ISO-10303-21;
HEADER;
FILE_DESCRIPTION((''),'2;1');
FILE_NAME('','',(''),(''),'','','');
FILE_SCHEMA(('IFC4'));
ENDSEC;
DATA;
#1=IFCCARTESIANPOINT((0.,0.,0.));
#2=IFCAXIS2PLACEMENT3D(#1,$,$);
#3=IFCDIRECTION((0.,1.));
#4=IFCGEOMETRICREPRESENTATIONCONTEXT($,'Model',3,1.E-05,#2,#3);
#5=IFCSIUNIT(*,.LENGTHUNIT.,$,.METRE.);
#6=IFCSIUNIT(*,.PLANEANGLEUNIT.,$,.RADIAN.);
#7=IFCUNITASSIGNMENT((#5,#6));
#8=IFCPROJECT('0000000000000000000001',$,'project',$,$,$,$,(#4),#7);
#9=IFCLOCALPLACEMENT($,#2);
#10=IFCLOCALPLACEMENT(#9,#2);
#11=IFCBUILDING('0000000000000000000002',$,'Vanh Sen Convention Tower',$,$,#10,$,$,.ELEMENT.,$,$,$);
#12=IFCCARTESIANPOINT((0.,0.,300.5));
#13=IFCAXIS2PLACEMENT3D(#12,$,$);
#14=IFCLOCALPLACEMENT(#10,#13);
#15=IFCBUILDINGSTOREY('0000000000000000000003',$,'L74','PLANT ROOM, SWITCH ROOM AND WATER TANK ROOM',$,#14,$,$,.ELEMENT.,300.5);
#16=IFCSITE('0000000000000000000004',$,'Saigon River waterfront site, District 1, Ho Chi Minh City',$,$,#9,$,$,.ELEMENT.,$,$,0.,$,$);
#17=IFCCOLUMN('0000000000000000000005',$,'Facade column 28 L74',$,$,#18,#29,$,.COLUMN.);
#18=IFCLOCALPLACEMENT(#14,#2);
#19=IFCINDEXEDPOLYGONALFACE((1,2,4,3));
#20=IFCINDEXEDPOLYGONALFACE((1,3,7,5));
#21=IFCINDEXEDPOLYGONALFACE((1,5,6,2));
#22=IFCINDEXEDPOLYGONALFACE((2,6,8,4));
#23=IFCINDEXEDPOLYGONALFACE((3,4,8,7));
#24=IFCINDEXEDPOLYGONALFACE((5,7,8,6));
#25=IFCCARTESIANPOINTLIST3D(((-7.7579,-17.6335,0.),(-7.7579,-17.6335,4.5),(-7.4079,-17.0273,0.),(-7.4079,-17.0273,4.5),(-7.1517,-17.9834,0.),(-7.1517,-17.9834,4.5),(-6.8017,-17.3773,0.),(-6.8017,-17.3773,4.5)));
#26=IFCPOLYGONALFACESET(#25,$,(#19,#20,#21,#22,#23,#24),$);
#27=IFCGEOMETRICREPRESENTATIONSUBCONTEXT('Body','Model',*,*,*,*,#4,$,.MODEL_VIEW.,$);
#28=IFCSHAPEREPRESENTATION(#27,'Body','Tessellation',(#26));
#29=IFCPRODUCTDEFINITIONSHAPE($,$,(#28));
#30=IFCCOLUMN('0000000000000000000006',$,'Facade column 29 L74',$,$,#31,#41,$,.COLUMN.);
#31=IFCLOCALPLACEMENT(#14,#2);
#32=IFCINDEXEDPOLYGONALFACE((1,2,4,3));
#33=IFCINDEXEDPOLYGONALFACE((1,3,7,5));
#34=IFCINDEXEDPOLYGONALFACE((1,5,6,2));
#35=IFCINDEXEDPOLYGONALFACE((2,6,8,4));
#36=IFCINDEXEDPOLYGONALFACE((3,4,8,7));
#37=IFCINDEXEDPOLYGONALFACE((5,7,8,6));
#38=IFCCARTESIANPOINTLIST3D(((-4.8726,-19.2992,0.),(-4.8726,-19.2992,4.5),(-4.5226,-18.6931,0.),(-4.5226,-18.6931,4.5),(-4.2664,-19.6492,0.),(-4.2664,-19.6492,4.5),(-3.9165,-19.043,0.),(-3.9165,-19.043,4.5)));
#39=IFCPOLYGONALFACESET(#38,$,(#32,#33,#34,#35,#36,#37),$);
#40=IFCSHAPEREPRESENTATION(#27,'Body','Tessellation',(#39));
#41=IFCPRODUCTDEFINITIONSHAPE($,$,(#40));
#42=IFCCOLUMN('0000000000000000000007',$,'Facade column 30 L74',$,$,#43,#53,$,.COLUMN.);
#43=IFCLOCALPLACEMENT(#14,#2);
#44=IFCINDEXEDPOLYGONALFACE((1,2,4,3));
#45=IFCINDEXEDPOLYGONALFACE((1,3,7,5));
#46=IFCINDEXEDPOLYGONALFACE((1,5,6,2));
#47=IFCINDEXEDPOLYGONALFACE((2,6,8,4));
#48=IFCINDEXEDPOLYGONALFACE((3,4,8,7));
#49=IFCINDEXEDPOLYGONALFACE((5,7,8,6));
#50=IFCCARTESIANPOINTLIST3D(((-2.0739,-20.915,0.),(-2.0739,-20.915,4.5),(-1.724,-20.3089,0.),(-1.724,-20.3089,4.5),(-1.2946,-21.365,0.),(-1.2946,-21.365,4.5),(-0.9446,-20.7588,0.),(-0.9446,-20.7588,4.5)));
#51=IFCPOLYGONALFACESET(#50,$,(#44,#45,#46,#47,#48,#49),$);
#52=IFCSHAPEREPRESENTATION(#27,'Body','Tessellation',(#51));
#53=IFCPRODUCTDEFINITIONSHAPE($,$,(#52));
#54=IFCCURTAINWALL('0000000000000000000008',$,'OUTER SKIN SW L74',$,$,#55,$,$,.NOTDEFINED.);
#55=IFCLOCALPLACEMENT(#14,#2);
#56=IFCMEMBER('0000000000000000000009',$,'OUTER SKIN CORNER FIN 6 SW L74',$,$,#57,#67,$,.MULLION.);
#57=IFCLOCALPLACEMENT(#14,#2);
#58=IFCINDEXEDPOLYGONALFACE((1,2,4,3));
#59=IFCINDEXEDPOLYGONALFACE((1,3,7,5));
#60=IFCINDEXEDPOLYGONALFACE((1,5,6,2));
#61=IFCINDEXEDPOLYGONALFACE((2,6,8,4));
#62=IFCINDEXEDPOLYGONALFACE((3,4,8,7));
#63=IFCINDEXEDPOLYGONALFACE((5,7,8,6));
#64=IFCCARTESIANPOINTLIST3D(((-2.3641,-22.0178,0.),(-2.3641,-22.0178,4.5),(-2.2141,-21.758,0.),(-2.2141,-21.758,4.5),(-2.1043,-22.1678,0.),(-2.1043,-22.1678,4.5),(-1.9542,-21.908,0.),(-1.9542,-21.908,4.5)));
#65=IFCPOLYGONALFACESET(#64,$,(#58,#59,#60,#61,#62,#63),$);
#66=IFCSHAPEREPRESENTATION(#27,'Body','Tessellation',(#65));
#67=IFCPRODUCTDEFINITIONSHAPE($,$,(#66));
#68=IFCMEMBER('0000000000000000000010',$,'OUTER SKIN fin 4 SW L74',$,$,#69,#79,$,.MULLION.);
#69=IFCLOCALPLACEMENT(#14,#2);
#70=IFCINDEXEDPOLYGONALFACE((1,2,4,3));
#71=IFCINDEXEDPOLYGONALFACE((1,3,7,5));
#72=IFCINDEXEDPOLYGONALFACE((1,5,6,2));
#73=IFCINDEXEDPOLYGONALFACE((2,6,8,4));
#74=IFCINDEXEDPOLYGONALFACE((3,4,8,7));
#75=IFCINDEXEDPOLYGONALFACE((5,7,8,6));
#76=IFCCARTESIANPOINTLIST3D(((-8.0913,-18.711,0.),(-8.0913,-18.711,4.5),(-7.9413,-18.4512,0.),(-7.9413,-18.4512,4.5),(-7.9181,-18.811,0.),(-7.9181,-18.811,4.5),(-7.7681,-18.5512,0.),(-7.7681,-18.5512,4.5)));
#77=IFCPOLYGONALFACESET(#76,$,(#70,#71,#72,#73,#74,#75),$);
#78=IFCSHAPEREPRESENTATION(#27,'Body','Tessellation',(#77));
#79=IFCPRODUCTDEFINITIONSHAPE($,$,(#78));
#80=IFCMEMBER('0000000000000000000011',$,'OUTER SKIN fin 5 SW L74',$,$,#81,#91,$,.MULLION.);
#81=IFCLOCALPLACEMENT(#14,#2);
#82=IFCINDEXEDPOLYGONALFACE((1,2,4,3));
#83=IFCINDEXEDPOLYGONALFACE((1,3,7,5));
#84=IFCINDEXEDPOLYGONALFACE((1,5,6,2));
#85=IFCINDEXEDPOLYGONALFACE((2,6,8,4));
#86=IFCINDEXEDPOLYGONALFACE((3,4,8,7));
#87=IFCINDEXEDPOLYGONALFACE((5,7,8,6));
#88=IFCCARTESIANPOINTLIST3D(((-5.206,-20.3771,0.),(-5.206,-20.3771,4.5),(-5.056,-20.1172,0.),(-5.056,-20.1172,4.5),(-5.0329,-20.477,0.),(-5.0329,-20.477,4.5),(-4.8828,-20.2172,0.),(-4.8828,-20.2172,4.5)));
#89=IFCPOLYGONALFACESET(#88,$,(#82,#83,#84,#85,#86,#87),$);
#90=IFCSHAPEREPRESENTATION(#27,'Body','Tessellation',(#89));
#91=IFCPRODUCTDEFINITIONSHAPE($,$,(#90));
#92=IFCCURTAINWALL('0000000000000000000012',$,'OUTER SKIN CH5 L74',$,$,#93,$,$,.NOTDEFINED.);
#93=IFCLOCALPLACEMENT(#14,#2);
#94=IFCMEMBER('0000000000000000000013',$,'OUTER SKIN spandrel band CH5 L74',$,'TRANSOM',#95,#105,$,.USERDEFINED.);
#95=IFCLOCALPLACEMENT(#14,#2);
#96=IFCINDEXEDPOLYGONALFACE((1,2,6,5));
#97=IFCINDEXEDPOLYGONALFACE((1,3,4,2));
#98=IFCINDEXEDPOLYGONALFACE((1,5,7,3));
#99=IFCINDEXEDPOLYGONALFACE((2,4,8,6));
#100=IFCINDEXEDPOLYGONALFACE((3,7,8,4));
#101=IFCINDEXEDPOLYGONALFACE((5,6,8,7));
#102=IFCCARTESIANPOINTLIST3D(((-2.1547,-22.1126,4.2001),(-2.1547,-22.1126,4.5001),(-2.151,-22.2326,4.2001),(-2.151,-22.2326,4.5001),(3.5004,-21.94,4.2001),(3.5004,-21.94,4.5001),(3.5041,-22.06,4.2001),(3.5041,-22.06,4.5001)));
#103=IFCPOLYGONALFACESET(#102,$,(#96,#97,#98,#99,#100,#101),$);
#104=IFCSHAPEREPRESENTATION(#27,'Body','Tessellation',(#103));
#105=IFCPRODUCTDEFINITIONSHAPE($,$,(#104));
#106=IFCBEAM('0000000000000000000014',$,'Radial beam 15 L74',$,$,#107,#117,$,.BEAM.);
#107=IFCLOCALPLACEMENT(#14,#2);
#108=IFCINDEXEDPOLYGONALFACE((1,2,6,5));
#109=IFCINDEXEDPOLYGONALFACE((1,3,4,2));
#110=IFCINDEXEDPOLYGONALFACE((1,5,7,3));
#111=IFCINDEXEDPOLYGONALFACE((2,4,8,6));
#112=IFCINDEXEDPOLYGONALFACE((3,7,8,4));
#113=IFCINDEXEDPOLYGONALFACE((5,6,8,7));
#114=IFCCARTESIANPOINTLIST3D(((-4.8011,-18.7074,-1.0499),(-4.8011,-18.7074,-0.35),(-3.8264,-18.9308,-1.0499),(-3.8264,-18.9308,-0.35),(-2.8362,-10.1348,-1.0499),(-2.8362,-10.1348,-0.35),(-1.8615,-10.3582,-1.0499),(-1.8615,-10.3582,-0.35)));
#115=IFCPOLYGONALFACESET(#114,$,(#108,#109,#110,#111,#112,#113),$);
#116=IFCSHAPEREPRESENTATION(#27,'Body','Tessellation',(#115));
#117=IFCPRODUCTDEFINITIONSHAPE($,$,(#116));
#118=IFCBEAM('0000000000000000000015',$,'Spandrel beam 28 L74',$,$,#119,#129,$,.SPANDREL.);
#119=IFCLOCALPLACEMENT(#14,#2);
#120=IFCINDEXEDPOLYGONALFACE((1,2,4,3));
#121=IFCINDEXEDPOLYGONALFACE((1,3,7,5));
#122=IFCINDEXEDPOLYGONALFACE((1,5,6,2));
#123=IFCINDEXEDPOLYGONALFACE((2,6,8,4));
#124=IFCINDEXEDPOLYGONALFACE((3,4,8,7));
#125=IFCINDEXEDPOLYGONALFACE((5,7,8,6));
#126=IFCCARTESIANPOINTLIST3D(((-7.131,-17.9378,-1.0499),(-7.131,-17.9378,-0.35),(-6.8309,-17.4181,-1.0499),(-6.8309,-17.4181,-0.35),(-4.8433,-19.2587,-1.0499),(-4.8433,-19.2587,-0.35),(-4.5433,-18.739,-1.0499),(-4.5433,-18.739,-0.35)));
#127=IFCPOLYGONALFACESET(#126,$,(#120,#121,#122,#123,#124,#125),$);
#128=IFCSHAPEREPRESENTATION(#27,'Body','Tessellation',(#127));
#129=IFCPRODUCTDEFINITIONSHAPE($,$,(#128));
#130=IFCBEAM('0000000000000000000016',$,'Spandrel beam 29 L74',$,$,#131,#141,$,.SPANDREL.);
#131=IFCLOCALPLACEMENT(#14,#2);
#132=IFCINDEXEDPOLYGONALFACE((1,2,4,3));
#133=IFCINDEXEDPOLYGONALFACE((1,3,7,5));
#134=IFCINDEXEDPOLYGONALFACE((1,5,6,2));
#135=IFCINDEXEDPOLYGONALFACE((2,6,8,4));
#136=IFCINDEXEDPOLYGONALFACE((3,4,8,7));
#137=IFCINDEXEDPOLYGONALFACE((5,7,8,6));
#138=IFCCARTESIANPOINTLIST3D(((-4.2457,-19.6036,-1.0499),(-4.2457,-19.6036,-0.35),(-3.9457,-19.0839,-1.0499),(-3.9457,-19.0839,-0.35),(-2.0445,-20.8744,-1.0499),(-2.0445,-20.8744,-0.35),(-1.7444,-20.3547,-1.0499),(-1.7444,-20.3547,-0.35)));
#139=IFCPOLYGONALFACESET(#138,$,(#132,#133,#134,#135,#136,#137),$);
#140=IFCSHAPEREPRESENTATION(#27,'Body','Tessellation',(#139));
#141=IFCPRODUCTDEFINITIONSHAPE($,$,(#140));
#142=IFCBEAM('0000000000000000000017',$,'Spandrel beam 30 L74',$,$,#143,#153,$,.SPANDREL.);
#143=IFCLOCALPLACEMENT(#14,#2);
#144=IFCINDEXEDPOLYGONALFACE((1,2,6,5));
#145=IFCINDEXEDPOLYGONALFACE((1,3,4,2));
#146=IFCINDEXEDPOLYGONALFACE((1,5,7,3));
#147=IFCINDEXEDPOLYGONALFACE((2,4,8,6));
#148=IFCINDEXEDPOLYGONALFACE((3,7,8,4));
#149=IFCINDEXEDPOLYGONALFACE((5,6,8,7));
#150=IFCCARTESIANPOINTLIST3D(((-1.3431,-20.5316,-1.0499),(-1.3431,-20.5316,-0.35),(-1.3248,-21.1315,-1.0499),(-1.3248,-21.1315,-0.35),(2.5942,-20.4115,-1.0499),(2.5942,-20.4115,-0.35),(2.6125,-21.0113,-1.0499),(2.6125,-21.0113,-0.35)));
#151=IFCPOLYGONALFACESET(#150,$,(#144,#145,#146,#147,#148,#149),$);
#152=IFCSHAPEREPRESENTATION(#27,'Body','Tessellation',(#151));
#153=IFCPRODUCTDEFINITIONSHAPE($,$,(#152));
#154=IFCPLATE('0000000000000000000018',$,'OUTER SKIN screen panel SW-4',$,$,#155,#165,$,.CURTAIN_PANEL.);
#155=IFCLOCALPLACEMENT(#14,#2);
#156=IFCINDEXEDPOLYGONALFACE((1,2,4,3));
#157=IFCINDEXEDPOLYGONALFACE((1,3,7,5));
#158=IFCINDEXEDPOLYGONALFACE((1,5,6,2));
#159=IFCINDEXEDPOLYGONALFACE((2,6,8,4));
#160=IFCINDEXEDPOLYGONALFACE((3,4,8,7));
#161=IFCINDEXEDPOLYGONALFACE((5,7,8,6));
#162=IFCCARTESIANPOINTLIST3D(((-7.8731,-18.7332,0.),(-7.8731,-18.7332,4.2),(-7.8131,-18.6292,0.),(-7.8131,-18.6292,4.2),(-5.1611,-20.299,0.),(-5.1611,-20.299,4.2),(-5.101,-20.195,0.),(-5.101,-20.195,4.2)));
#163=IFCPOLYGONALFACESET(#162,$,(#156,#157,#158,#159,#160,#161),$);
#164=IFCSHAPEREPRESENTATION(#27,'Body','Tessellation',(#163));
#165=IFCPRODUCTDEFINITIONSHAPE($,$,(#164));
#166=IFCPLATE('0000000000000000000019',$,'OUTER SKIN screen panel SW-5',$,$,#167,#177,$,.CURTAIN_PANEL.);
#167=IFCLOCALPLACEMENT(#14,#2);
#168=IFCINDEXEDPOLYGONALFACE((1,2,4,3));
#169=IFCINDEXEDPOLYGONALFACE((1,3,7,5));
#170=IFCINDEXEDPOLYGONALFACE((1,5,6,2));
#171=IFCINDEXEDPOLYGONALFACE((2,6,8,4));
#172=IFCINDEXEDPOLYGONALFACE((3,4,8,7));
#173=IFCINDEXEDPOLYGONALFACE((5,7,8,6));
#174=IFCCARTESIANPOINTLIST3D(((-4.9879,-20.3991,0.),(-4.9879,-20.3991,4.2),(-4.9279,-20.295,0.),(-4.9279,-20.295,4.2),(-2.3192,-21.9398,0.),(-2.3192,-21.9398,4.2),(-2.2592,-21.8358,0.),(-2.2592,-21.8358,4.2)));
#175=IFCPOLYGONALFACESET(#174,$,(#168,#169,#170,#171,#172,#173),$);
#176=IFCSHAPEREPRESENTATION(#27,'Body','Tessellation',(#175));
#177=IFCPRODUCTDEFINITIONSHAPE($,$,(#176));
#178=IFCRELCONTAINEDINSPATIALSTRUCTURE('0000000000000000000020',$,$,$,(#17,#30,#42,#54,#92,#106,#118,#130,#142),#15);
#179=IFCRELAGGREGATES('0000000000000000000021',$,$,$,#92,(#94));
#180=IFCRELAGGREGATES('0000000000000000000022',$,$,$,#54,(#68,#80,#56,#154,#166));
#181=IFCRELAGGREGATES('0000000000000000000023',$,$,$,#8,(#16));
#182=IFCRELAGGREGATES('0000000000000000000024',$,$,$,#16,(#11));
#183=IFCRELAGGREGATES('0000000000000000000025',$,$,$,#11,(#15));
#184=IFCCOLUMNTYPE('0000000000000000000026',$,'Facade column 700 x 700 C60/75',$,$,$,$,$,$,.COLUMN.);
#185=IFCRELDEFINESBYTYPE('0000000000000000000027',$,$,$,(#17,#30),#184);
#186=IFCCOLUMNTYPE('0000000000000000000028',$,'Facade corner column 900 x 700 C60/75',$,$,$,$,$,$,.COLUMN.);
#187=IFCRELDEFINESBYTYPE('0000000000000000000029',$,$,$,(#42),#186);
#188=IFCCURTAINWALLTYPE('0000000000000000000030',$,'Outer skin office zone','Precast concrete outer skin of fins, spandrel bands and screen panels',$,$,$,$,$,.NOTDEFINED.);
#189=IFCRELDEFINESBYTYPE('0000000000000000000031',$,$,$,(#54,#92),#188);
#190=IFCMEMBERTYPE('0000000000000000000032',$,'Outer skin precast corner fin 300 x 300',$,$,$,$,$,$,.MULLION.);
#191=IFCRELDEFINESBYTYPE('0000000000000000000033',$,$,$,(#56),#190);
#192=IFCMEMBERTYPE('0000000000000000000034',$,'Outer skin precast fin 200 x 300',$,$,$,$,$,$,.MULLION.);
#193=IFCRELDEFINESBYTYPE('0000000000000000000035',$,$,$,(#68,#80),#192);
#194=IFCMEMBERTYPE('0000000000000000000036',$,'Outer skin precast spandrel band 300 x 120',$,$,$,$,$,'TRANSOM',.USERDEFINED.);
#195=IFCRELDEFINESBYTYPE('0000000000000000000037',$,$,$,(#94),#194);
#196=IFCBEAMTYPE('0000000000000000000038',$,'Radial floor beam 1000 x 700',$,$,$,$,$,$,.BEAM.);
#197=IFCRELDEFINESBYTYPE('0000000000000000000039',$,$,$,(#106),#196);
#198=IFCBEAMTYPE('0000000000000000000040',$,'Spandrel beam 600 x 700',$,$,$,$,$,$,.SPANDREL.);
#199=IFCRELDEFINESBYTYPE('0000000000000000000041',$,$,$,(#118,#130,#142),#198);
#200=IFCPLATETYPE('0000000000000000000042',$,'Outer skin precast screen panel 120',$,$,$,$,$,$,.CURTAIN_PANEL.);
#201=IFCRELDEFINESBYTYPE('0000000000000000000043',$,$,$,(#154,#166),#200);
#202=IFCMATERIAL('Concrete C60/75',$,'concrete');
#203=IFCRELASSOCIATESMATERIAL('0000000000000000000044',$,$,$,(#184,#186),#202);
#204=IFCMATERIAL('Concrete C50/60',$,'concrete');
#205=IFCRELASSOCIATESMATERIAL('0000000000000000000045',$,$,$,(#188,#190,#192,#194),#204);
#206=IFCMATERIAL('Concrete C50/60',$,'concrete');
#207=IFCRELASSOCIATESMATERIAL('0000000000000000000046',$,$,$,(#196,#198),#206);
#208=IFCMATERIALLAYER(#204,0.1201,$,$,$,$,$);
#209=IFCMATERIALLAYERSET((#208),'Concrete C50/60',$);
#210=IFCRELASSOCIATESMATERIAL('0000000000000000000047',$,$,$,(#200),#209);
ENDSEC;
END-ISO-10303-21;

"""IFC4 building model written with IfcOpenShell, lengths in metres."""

from ifc_helpers import new_model, si_unit, direction, frame, origin, origin_2d, place, context, subcontext, project, spatial, rectangle, extrude, material, layer, layer_set, material_profile, profile_set, type_object, element, aggregate, save


model = new_model("IFC4")

# Units and contexts
model_context = context("Model", 3, precision=1e-05, world=origin(), true_north=direction((0.0, 1.0)))
body_context = subcontext(model_context, "Body", "Model", "MODEL_VIEW")
ifc_project = project(units=[si_unit("LENGTHUNIT", "METRE"), si_unit("PLANEANGLEUNIT", "RADIAN")], contexts=[model_context])

# Site, building, storey
site_placement = place(None, origin())
site = spatial("IfcSite", under=ifc_project, at=site_placement, Name="Saigon River waterfront site, District 1, Ho Chi Minh City", CompositionType="ELEMENT", RefElevation=0.0)
building_placement = place(site_placement, origin())
building = spatial("IfcBuilding", under=site, at=building_placement, Name="Vanh Sen Convention Tower", CompositionType="ELEMENT")
storey_placement = place(building_placement, frame((0.0, 0.0, 300.5)))
storey = spatial("IfcBuildingStorey", under=building, at=storey_placement, Name="L74", Description="PLANT ROOM, SWITCH ROOM AND WATER TANK ROOM", CompositionType="ELEMENT", Elevation=300.5)

# Columns
ifc_material_1 = material(Name="Concrete C60/75", Category="concrete")
ifc_material_profile_1 = material_profile(ifc_material_1, rectangle(XDim=0.7, YDim=0.7, at=origin_2d()), Name="RC 700X700")
ifc_profile_set_1 = profile_set([ifc_material_profile_1], Name="Concrete C60/75")
column_type_1 = type_object("IfcColumnType", Name="Facade column 700 x 700 C60/75", PredefinedType="COLUMN", material=ifc_profile_set_1)
for number, where, z_axis, x_axis, name in (
    (1, (-7.2798, -17.5054, 0.0), (0.0, 0.0, 1.0), (0.866025, -0.5, 0.0), "Facade column 28 L74"),
    (2, (-4.3945, -19.1711, 0.0), (0.0, 0.0, 1.0), (0.866025, -0.5, 0.0), "Facade column 29 L74"),
):
    element("IfcColumn", number, at=place(storey_placement, frame(where, z_axis=z_axis, x_axis=x_axis)), inside=storey, type_object=column_type_1, Name=name, PredefinedType="COLUMN", context=body_context, shape_type="SweptSolid", body=[
        extrude(rectangle(XDim=0.7, YDim=0.7, at=origin_2d()), origin(), (0.0, 0.0, 1.0), 4.5),
    ])
ifc_material_profile_2 = material_profile(ifc_material_1, rectangle(XDim=0.8999, YDim=0.7, at=origin_2d()), Name="RC 900X700")
ifc_profile_set_2 = profile_set([ifc_material_profile_2], Name="Concrete C60/75")
column_type_2 = type_object("IfcColumnType", Name="Facade corner column 900 x 700 C60/75", PredefinedType="COLUMN", material=ifc_profile_set_2)
column_placement = place(storey_placement, frame((-1.5093, -20.8369, 0.0), z_axis=(0.0, 0.0, 1.0), x_axis=(0.866025, -0.5, 0.0)))
element("IfcColumn", 3, at=column_placement, inside=storey, type_object=column_type_2, Name="Facade column 30 L74", PredefinedType="COLUMN", context=body_context, shape_type="SweptSolid", body=[
    extrude(rectangle(XDim=0.8999, YDim=0.7, at=origin_2d()), origin(), (0.0, 0.0, 1.0), 4.5),
])

# Curtain wall, members
ifc_material_2 = material(Name="Concrete C50/60", Category="concrete")
curtain_wall_type = type_object("IfcCurtainWallType", Name="Outer skin office zone", Description="Precast concrete outer skin of fins, spandrel bands and screen panels", PredefinedType="NOTDEFINED", material=ifc_material_2)
curtain_wall_1_placement = place(storey_placement, origin())
curtain_wall_1 = element("IfcCurtainWall", 4, at=curtain_wall_1_placement, inside=storey, type_object=curtain_wall_type, Name="OUTER SKIN SW L74", PredefinedType="NOTDEFINED")
ifc_material_profile_3 = material_profile(ifc_material_2, rectangle(XDim=0.3, YDim=0.3, at=origin_2d()), Name="Outer skin precast corner fin 300 x 300")
ifc_profile_set_3 = profile_set([ifc_material_profile_3], Name="Concrete C50/60")
member_type_1 = type_object("IfcMemberType", Name="Outer skin precast corner fin 300 x 300", PredefinedType="MULLION", material=ifc_profile_set_3)
member_1_placement = place(storey_placement, frame((-2.1592, -21.9629, 0.0), z_axis=(0.0, 0.0, 1.0), x_axis=(0.866025, -0.5, 0.0)))
member_1 = element("IfcMember", 5, at=member_1_placement, type_object=member_type_1, Name="OUTER SKIN CORNER FIN 6 SW L74", PredefinedType="MULLION", context=body_context, shape_type="SweptSolid", body=[
    extrude(rectangle(XDim=0.3, YDim=0.3, at=origin_2d()), origin(), (0.0, 0.0, 1.0), 4.5),
])
ifc_material_profile_4 = material_profile(ifc_material_2, rectangle(XDim=0.2, YDim=0.3, at=origin_2d()), Name="Outer skin precast fin 200 x 300")
ifc_profile_set_4 = profile_set([ifc_material_profile_4], Name="Concrete C50/60")
member_type_2 = type_object("IfcMemberType", Name="Outer skin precast fin 200 x 300", PredefinedType="MULLION", material=ifc_profile_set_4)
member_2_placement = place(storey_placement, frame((-7.9297, -18.6311, 0.0), z_axis=(0.0, 0.0, 1.0), x_axis=(0.866025, -0.5, 0.0)))
member_2 = element("IfcMember", 6, at=member_2_placement, type_object=member_type_2, Name="OUTER SKIN fin 4 SW L74", PredefinedType="MULLION", context=body_context, shape_type="SweptSolid", body=[
    extrude(rectangle(XDim=0.2, YDim=0.3, at=origin_2d()), origin(), (0.0, 0.0, 1.0), 4.5),
])
member_3_placement = place(storey_placement, frame((-5.0444, -20.2971, 0.0), z_axis=(0.0, 0.0, 1.0), x_axis=(0.866025, -0.5, 0.0)))
member_3 = element("IfcMember", 7, at=member_3_placement, type_object=member_type_2, Name="OUTER SKIN fin 5 SW L74", PredefinedType="MULLION", context=body_context, shape_type="SweptSolid", body=[
    extrude(rectangle(XDim=0.2, YDim=0.3, at=origin_2d()), origin(), (0.0, 0.0, 1.0), 4.5),
])

# Curtain wall, member
curtain_wall_2_placement = place(storey_placement, origin())
curtain_wall_2 = element("IfcCurtainWall", 8, at=curtain_wall_2_placement, inside=storey, type_object=curtain_wall_type, Name="OUTER SKIN CH5 L74", PredefinedType="NOTDEFINED")
ifc_material_profile_5 = material_profile(ifc_material_2, rectangle(XDim=0.1201, YDim=0.3, at=origin_2d()), Name="Outer skin precast spandrel band 300 x 120")
ifc_profile_set_5 = profile_set([ifc_material_profile_5], Name="Concrete C50/60")
member_type_3 = type_object("IfcMemberType", Name="Outer skin precast spandrel band 300 x 120", ElementType="TRANSOM", PredefinedType="USERDEFINED", material=ifc_profile_set_5)
member_4_placement = place(storey_placement, frame((-2.1528, -22.1726, 4.3501), z_axis=(0.999535, 0.030509, 0.0), x_axis=(-0.030509, 0.999535, 0.0)))
member_4 = element("IfcMember", 9, at=member_4_placement, type_object=member_type_3, Name="OUTER SKIN spandrel band CH5 L74", ObjectType="TRANSOM", PredefinedType="USERDEFINED", context=body_context, shape_type="SweptSolid", body=[
    extrude(rectangle(XDim=0.1201, YDim=0.3, at=origin_2d()), origin(), (0.0, 0.0, 1.0), 5.6577),
])
aggregate(curtain_wall_2, [member_4])

# Beams
ifc_material_3 = material(Name="Concrete C50/60", Category="concrete")
ifc_material_profile_6 = material_profile(ifc_material_3, rectangle(XDim=1.0, YDim=0.7, at=origin_2d()), Name="RC 1000X700")
ifc_profile_set_6 = profile_set([ifc_material_profile_6], Name="Concrete C50/60")
beam_type_1 = type_object("IfcBeamType", Name="Radial floor beam 1000 x 700", PredefinedType="BEAM", material=ifc_profile_set_6)
beam_1_placement = place(storey_placement, frame((-4.3137, -18.8191, -0.7), z_axis=(0.22341, 0.974725, 0.0), x_axis=(-0.974725, 0.22341, 0.0)))
element("IfcBeam", 10, at=beam_1_placement, inside=storey, type_object=beam_type_1, Name="Radial beam 15 L74", PredefinedType="BEAM", context=body_context, shape_type="SweptSolid", body=[
    extrude(rectangle(XDim=1.0, YDim=0.7, at=origin_2d()), origin(), (0.0, 0.0, 1.0), 8.7949),
])
ifc_material_profile_7 = material_profile(ifc_material_3, rectangle(XDim=0.6001, YDim=0.7, at=origin_2d()), Name="RC 600X700")
ifc_profile_set_7 = profile_set([ifc_material_profile_7], Name="Concrete C50/60")
beam_type_2 = type_object("IfcBeamType", Name="Spandrel beam 600 x 700", PredefinedType="SPANDREL", material=ifc_profile_set_7)
beam_2_placement = place(storey_placement, frame((-6.981, -17.678, -0.7), z_axis=(0.866016, -0.500016, 0.0), x_axis=(0.500016, 0.866016, 0.0)))
element("IfcBeam", 11, at=beam_2_placement, inside=storey, type_object=beam_type_2, Name="Spandrel beam 28 L74", PredefinedType="SPANDREL", context=body_context, shape_type="SweptSolid", body=[
    extrude(rectangle(XDim=0.6001, YDim=0.7, at=origin_2d()), origin(), (0.0, 0.0, 1.0), 2.6416),
])
beam_3_placement = place(storey_placement, frame((-4.0957, -19.3438, -0.7), z_axis=(0.866042, -0.499972, 0.0), x_axis=(0.499972, 0.866042, 0.0)))
element("IfcBeam", 12, at=beam_3_placement, inside=storey, type_object=beam_type_2, Name="Spandrel beam 29 L74", PredefinedType="SPANDREL", context=body_context, shape_type="SweptSolid", body=[
    extrude(rectangle(XDim=0.6001, YDim=0.7, at=origin_2d()), origin(), (0.0, 0.0, 1.0), 2.5417),
])
beam_4_placement = place(storey_placement, frame((-1.334, -20.8315, -0.7), z_axis=(0.999535, 0.030494, 0.0), x_axis=(-0.030494, 0.999535, 0.0)))
element("IfcBeam", 13, at=beam_4_placement, inside=storey, type_object=beam_type_2, Name="Spandrel beam 30 L74", PredefinedType="SPANDREL", context=body_context, shape_type="SweptSolid", body=[
    extrude(rectangle(XDim=0.6001, YDim=0.7, at=origin_2d()), origin(), (0.0, 0.0, 1.0), 3.9392),
])

# Plates
ifc_layer_1 = layer(ifc_material_2, 0.1201)
ifc_layer_set_1 = layer_set([ifc_layer_1], Name="Concrete C50/60")
plate_type = type_object("IfcPlateType", Name="Outer skin precast screen panel 120", PredefinedType="CURTAIN_PANEL", material=ifc_layer_set_1)
plate_1_placement = place(storey_placement, frame((-6.4871, -19.4641, 0.0), z_axis=(0.0, 0.0, 1.0), x_axis=(0.866029, -0.499994, 0.0)))
plate_1 = element("IfcPlate", 14, at=plate_1_placement, type_object=plate_type, Name="OUTER SKIN screen panel SW-4", PredefinedType="CURTAIN_PANEL", context=body_context, shape_type="SweptSolid", body=[
    extrude(rectangle(XDim=3.1316, YDim=0.1201, at=origin_2d()), origin(), (0.0, 0.0, 1.0), 4.2),
])
plate_2_placement = place(storey_placement, frame((-3.6235, -21.1174, 0.0), z_axis=(0.0, 0.0, 1.0), x_axis=(0.866029, -0.499994, 0.0)))
plate_2 = element("IfcPlate", 15, at=plate_2_placement, type_object=plate_type, Name="OUTER SKIN screen panel SW-5", PredefinedType="CURTAIN_PANEL", context=body_context, shape_type="SweptSolid", body=[
    extrude(rectangle(XDim=3.0815, YDim=0.1201, at=origin_2d()), origin(), (0.0, 0.0, 1.0), 4.2),
])
aggregate(curtain_wall_1, [member_2, member_3, member_1, plate_1, plate_2])

save(model, "model.ifc")
